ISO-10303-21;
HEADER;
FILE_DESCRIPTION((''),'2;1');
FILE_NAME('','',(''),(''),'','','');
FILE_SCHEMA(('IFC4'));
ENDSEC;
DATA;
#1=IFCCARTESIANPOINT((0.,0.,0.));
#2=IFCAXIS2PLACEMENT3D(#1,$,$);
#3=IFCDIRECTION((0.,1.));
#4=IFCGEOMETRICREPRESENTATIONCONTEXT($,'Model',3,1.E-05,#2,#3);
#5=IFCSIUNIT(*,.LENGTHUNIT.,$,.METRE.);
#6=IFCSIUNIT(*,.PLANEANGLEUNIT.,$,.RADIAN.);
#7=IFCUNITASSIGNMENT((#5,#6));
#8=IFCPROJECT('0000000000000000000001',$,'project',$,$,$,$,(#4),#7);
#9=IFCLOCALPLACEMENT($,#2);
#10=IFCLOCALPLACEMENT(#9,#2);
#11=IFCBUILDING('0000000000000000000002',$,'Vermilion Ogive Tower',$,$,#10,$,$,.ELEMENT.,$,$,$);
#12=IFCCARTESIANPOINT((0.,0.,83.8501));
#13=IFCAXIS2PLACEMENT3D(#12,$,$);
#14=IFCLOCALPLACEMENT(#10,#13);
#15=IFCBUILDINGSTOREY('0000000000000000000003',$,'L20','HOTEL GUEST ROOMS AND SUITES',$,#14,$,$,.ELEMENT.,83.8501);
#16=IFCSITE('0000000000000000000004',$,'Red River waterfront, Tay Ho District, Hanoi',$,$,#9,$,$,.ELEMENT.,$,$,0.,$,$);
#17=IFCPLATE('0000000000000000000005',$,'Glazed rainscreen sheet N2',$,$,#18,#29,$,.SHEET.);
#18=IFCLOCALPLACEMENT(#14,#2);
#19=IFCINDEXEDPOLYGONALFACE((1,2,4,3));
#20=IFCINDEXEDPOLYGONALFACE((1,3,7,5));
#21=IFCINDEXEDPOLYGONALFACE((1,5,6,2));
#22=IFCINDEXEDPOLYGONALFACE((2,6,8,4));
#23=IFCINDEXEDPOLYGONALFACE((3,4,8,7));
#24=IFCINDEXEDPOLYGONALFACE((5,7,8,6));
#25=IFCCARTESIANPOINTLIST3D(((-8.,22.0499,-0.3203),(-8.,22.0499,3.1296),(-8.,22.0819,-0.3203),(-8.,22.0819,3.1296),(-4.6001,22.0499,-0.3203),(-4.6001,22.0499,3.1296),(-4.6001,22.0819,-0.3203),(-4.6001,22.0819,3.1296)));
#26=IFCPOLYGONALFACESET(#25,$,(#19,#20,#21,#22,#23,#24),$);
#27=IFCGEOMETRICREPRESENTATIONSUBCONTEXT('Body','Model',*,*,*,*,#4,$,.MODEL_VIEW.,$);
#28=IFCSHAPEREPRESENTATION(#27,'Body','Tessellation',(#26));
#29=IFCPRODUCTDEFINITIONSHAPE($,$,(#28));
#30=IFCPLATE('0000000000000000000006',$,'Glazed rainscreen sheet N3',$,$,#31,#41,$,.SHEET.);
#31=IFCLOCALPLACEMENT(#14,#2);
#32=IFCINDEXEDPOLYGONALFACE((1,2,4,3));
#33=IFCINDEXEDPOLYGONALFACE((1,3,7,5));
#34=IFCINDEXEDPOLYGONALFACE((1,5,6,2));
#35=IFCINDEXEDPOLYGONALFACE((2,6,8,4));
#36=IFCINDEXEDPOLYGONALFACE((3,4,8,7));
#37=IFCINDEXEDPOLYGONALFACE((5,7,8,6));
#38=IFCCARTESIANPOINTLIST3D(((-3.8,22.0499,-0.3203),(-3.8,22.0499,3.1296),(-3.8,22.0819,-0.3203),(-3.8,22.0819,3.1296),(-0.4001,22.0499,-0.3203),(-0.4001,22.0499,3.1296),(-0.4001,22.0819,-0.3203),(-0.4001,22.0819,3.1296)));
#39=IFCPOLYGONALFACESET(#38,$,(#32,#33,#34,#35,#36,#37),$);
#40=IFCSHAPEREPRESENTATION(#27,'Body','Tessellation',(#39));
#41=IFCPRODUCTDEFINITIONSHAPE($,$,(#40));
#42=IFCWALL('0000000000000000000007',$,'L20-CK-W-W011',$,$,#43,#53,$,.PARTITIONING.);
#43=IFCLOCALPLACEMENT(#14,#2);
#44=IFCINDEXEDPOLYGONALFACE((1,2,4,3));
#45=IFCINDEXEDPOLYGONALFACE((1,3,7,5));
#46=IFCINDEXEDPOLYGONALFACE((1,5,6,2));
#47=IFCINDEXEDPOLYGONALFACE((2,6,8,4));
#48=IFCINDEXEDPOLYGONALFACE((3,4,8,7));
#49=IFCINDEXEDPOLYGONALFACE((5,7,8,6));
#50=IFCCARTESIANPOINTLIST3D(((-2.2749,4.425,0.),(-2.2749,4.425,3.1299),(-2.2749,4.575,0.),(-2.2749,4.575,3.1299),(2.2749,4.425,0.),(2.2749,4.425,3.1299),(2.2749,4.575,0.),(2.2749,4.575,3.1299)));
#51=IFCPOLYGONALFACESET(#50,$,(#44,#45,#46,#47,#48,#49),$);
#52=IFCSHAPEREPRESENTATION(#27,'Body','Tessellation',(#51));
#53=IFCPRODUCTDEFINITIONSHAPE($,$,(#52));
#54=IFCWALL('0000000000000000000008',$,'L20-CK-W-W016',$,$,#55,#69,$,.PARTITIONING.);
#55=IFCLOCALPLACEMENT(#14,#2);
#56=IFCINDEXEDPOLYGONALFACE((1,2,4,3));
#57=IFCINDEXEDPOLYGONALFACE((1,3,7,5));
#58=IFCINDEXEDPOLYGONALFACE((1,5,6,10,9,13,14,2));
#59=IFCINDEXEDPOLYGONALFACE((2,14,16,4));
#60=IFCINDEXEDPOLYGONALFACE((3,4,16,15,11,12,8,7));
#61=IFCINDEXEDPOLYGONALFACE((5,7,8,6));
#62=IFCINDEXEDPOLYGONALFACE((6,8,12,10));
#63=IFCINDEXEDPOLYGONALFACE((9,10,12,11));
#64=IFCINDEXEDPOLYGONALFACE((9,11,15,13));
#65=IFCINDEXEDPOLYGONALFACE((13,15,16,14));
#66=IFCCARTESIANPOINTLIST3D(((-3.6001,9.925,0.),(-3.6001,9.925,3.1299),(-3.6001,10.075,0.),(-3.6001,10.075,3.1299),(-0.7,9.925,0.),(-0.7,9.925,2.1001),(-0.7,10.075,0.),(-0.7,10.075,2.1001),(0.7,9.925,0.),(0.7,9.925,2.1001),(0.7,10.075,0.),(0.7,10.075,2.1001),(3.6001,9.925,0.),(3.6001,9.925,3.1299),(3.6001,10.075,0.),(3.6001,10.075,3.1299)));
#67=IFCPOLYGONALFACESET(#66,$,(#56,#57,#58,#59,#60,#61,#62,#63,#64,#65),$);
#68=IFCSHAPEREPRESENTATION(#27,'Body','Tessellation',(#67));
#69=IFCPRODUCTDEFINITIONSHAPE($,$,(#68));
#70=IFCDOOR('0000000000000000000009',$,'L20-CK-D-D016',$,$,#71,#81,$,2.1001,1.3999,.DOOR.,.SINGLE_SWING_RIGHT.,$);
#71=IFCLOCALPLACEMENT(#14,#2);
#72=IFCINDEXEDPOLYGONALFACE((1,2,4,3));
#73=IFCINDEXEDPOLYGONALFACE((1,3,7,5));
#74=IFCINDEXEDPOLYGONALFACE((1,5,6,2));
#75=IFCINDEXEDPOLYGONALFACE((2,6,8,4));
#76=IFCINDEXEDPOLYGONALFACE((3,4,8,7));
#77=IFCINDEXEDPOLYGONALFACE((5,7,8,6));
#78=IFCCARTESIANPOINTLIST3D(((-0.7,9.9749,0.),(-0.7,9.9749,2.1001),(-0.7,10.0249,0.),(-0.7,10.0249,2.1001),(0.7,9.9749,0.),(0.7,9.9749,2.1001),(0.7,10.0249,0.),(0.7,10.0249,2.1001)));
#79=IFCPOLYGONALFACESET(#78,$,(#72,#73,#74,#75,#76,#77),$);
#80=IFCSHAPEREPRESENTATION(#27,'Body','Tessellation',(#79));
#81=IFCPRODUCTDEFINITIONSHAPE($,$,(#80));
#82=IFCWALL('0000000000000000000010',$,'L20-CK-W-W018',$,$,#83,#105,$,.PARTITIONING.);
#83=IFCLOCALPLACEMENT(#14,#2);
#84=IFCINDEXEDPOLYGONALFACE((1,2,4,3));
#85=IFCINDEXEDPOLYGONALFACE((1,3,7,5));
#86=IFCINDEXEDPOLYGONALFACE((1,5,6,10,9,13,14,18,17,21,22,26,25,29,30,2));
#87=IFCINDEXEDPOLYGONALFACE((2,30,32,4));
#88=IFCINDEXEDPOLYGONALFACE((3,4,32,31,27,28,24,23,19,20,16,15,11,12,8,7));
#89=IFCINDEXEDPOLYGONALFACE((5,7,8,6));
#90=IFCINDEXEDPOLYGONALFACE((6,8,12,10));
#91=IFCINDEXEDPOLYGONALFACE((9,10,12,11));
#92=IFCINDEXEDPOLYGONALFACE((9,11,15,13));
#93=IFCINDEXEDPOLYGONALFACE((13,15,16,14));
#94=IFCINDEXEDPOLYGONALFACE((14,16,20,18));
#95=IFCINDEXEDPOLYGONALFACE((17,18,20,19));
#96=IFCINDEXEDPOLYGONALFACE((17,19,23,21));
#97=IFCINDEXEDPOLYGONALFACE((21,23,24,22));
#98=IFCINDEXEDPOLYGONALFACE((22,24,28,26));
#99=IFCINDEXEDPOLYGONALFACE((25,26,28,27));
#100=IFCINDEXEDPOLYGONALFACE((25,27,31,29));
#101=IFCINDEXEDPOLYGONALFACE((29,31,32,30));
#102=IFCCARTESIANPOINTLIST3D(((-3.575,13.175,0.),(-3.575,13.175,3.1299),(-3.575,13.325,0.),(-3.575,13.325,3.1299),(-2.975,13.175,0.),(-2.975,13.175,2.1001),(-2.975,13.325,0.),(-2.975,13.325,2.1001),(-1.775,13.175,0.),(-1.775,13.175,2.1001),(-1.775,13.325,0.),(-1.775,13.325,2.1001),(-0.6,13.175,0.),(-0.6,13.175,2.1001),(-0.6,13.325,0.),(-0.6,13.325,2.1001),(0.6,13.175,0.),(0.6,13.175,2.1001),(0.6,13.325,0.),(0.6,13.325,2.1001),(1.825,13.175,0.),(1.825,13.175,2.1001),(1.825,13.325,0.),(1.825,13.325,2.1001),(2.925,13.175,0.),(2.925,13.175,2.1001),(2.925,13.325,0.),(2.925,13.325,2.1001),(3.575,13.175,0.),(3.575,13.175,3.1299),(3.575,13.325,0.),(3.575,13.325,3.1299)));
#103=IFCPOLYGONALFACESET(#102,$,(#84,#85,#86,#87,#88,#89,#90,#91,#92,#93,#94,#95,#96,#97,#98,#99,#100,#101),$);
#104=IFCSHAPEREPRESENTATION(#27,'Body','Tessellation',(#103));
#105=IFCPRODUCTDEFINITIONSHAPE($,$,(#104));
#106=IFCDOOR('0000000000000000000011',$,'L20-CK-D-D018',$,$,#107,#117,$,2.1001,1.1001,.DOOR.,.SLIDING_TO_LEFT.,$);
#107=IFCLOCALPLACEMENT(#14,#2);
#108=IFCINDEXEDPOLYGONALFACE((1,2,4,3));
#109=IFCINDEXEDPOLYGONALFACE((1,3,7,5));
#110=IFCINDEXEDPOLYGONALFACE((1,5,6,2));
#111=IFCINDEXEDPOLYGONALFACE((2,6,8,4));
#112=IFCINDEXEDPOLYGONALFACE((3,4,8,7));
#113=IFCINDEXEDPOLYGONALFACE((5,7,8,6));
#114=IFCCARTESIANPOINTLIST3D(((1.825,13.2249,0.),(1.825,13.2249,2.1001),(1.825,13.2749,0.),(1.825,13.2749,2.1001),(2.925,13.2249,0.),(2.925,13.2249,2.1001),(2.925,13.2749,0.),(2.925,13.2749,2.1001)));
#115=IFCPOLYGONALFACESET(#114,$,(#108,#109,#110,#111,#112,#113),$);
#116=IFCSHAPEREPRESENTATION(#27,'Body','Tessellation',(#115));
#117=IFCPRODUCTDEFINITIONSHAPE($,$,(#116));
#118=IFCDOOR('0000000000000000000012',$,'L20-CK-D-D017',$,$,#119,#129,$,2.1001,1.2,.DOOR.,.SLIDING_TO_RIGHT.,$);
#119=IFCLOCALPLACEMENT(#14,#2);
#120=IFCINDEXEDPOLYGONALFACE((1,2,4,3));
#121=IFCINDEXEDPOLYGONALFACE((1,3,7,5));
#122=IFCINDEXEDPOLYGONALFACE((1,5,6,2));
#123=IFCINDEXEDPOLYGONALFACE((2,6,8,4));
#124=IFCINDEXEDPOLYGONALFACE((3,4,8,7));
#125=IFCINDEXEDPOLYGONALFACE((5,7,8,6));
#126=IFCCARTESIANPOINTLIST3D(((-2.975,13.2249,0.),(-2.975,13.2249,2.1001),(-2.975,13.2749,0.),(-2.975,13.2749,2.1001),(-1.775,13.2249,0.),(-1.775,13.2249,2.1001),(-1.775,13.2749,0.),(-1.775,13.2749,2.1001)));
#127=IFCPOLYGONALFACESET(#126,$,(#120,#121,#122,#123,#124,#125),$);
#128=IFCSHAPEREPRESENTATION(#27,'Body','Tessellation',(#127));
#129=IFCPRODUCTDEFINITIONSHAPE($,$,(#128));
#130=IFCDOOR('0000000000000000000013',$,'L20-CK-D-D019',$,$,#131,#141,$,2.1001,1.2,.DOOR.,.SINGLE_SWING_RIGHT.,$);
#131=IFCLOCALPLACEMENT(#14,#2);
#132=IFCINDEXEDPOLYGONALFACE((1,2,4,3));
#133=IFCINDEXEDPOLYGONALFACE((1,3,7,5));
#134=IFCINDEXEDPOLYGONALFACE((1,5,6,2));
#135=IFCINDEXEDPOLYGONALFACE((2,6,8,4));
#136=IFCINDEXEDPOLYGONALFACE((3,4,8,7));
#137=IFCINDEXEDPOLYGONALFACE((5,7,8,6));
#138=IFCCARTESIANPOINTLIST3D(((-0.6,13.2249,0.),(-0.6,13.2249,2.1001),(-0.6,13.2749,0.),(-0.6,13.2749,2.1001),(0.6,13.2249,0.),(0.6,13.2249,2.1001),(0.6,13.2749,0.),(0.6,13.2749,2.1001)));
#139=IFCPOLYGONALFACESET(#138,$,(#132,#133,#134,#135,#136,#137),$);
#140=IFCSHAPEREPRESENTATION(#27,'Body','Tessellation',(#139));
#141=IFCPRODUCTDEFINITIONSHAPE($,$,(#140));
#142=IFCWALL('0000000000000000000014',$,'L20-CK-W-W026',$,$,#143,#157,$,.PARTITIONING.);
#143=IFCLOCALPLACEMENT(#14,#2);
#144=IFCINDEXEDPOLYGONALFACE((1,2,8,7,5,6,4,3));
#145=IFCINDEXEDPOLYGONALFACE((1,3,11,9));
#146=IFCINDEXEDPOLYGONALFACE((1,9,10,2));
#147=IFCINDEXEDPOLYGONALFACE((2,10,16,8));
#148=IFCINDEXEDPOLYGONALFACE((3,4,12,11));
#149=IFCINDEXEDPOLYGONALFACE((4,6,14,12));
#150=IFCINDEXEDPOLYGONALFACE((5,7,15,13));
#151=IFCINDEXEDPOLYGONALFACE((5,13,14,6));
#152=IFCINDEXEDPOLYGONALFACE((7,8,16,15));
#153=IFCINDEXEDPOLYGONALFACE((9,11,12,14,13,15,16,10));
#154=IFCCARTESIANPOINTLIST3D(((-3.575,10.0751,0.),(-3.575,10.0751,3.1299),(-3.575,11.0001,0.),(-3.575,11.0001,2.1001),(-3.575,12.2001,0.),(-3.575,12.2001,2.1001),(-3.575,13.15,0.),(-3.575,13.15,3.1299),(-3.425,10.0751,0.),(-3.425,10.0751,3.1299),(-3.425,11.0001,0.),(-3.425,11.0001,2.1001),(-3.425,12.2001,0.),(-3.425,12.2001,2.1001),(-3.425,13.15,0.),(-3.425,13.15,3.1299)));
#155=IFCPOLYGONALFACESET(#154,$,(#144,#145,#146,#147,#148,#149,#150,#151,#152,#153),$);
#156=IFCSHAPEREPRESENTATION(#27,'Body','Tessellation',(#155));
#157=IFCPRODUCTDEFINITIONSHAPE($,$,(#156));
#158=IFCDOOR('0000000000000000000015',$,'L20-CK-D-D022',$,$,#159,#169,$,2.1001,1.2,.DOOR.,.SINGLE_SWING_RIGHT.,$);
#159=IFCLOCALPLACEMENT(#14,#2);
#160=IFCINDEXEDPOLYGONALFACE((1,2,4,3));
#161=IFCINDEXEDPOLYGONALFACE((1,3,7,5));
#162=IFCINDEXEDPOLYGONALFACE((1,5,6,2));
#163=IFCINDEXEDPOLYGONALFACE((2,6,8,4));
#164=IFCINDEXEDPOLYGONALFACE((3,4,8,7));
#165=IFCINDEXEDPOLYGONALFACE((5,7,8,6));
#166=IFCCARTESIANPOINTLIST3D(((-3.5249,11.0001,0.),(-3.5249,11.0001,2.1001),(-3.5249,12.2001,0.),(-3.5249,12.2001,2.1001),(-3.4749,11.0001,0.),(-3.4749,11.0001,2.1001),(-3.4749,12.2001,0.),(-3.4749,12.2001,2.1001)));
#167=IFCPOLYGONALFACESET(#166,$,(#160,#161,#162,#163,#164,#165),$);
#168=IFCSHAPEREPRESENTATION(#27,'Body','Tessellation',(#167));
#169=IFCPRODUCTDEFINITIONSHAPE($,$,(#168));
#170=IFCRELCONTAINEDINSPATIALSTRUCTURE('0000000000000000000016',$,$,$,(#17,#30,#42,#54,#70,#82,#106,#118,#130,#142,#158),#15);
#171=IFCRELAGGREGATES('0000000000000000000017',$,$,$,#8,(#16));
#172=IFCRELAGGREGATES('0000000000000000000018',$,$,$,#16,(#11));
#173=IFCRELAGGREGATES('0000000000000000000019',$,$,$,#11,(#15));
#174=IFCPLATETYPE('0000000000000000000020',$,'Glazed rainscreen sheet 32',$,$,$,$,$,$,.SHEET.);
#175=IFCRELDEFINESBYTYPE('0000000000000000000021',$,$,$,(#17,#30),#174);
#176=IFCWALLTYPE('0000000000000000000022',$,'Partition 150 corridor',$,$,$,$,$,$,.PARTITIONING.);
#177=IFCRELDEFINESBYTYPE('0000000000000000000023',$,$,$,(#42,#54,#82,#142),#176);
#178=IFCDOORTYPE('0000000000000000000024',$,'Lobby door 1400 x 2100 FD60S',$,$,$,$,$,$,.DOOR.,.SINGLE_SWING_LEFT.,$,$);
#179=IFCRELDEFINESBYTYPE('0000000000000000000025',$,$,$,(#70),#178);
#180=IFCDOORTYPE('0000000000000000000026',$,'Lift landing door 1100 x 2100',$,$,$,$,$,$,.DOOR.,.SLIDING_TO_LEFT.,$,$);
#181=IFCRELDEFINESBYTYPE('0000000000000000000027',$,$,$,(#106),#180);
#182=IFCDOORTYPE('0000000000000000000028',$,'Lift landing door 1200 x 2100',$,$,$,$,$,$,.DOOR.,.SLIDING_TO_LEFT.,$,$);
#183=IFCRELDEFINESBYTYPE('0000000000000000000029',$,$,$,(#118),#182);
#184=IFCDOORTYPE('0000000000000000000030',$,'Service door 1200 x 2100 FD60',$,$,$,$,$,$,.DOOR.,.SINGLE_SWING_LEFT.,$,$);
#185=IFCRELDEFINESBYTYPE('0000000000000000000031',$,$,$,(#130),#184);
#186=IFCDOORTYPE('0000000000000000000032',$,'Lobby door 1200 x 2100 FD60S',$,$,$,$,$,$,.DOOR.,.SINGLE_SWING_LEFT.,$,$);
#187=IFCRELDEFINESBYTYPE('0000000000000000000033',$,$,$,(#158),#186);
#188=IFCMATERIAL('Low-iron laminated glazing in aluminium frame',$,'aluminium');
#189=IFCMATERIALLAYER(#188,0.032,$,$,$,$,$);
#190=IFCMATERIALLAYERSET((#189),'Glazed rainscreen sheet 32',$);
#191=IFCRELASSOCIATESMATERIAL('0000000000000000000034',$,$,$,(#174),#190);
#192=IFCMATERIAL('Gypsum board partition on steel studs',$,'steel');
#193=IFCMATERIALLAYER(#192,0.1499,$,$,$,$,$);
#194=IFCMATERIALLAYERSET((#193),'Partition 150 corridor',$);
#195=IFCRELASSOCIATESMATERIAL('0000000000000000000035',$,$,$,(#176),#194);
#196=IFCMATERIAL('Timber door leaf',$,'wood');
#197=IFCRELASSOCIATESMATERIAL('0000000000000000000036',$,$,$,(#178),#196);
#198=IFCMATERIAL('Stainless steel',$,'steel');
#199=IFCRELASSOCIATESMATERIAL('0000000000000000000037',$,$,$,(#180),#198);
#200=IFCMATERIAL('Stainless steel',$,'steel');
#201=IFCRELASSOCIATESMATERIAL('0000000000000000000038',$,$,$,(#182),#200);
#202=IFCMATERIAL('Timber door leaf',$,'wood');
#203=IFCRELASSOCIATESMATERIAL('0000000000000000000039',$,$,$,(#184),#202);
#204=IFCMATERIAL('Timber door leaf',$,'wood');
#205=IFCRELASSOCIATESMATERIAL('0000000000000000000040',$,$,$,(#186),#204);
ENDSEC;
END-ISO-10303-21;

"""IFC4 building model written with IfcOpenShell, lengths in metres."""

from ifc_helpers import new_model, si_unit, direction, frame, frame_2d, origin, origin_2d, place, context, subcontext, project, spatial, rectangle, extrude, material, layer, layer_set, type_object, element, fill, save


model = new_model("IFC4")

# Units and contexts
model_context = context("Model", 3, precision=1e-05, world=origin(), true_north=direction((0.0, 1.0)))
body_context = subcontext(model_context, "Body", "Model", "MODEL_VIEW")
ifc_project = project(units=[si_unit("LENGTHUNIT", "METRE"), si_unit("PLANEANGLEUNIT", "RADIAN")], contexts=[model_context])

# Site, building, storey
site_placement = place(None, origin())
site = spatial("IfcSite", under=ifc_project, at=site_placement, Name="Red River waterfront, Tay Ho District, Hanoi", CompositionType="ELEMENT", RefElevation=0.0)
building_placement = place(site_placement, origin())
building = spatial("IfcBuilding", under=site, at=building_placement, Name="Vermilion Ogive Tower", CompositionType="ELEMENT")
storey_placement = place(building_placement, frame((0.0, 0.0, 83.8501)))
storey = spatial("IfcBuildingStorey", under=building, at=storey_placement, Name="L20", Description="HOTEL GUEST ROOMS AND SUITES", CompositionType="ELEMENT", Elevation=83.8501)

# Plates
ifc_material_1 = material(Name="Low-iron laminated glazing in aluminium frame", Category="aluminium")
ifc_layer_1 = layer(ifc_material_1, 0.032)
ifc_layer_set_1 = layer_set([ifc_layer_1], Name="Glazed rainscreen sheet 32")
plate_type = type_object("IfcPlateType", Name="Glazed rainscreen sheet 32", PredefinedType="SHEET", material=ifc_layer_set_1)
for number, where, z_axis, x_axis, name in (
    (1, (-6.3, 22.0659, -0.3203), (0.0, 0.0, 1.0), (1.0, 0.0, 0.0), "Glazed rainscreen sheet N2"),
    (2, (-2.1001, 22.0659, -0.3203), (0.0, 0.0, 1.0), (1.0, 0.0, 0.0), "Glazed rainscreen sheet N3"),
):
    element("IfcPlate", number, at=place(storey_placement, frame(where, z_axis=z_axis, x_axis=x_axis)), inside=storey, type_object=plate_type, Name=name, PredefinedType="SHEET", context=body_context, shape_type="SweptSolid", body=[
        extrude(rectangle(XDim=3.3999, YDim=0.032, at=origin_2d()), origin(), (0.0, 0.0, 1.0), 3.45),
    ])

# Wall
ifc_material_2 = material(Name="Gypsum board partition on steel studs", Category="steel")
ifc_layer_2 = layer(ifc_material_2, 0.1499)
ifc_layer_set_2 = layer_set([ifc_layer_2], Name="Partition 150 corridor")
wall_type_1 = type_object("IfcWallType", Name="Partition 150 corridor", PredefinedType="PARTITIONING", material=ifc_layer_set_2)
wall_1_placement = place(storey_placement, frame((-2.2749, 4.5, 0.0), z_axis=(0.0, 0.0, 1.0), x_axis=(1.0, 0.0, 0.0)))
element("IfcWall", 3, at=wall_1_placement, inside=storey, type_object=wall_type_1, Name="L20-CK-W-W011", PredefinedType="PARTITIONING", context=body_context, shape_type="SweptSolid", body=[
    extrude(rectangle(XDim=4.5498, YDim=0.1499, at=frame_2d((2.2749, 0.0))), origin(), (0.0, 0.0, 1.0), 3.1299),
])

# Wall, opening, door
wall_2_placement = place(storey_placement, frame((-3.6001, 10.0, 0.0), z_axis=(0.0, 0.0, 1.0), x_axis=(1.0, 0.0, 0.0)))
wall_2 = element("IfcWall", 4, at=wall_2_placement, inside=storey, type_object=wall_type_1, Name="L20-CK-W-W016", PredefinedType="PARTITIONING", context=body_context, shape_type="SweptSolid", body=[
    extrude(rectangle(XDim=7.2002, YDim=0.1499, at=frame_2d((3.6001, 0.0))), origin(), (0.0, 0.0, 1.0), 3.1299),
])
opening_1_placement = place(wall_2_placement, frame((2.9001, 0.0, 0.0)))
opening_1 = element("IfcOpeningElement", 5, at=opening_1_placement, cuts=wall_2, PredefinedType="OPENING", context=body_context, shape_type="SweptSolid", body=[
    extrude(rectangle(XDim=1.3999, YDim=2.1001, at=frame_2d((0.7, 1.05))), frame((0.0, 0.085, 0.0), z_axis=(0.0, -1.0, 0.0), x_axis=(1.0, 0.0, 0.0)), (0.0, 0.0, 1.0), 0.1699),
])
ifc_material_3 = material(Name="Timber door leaf", Category="wood")
door_type_1 = type_object("IfcDoorType", Name="Lobby door 1400 x 2100 FD60S", OperationType="SINGLE_SWING_LEFT", PredefinedType="DOOR", material=ifc_material_3)
door_1_placement = place(opening_1_placement, origin())
door_1 = element("IfcDoor", 6, at=door_1_placement, inside=storey, type_object=door_type_1, Name="L20-CK-D-D016", OperationType="SINGLE_SWING_RIGHT", OverallHeight=2.1001, OverallWidth=1.3999, PredefinedType="DOOR", context=body_context, shape_type="SweptSolid", body=[
    extrude(rectangle(XDim=1.3999, YDim=2.1001, at=frame_2d((0.7, 1.05))), frame((0.0, 0.0249, 0.0), z_axis=(0.0, -1.0, 0.0), x_axis=(1.0, 0.0, 0.0)), (0.0, 0.0, 1.0), 0.05),
])
fill(opening_1, door_1)

# Wall, openings, doors
wall_3_placement = place(storey_placement, frame((-3.575, 13.25, 0.0), z_axis=(0.0, 0.0, 1.0), x_axis=(1.0, 0.0, 0.0)))
wall_3 = element("IfcWall", 7, at=wall_3_placement, inside=storey, type_object=wall_type_1, Name="L20-CK-W-W018", PredefinedType="PARTITIONING", context=body_context, shape_type="SweptSolid", body=[
    extrude(rectangle(XDim=7.1499, YDim=0.1499, at=frame_2d((3.575, 0.0))), origin(), (0.0, 0.0, 1.0), 3.1299),
])
opening_2_placement = place(wall_3_placement, frame((0.5999, 0.0, 0.0)))
opening_2 = element("IfcOpeningElement", 8, at=opening_2_placement, cuts=wall_3, PredefinedType="OPENING", context=body_context, shape_type="SweptSolid", body=[
    extrude(rectangle(XDim=1.2, YDim=2.1001, at=frame_2d((0.6001, 1.05))), frame((0.0, 0.085, 0.0), z_axis=(0.0, -1.0, 0.0), x_axis=(1.0, 0.0, 0.0)), (0.0, 0.0, 1.0), 0.1699),
])
opening_3_placement = place(wall_3_placement, frame((5.3999, 0.0, 0.0)))
opening_3 = element("IfcOpeningElement", 9, at=opening_3_placement, cuts=wall_3, PredefinedType="OPENING", context=body_context, shape_type="SweptSolid", body=[
    extrude(rectangle(XDim=1.1001, YDim=2.1001, at=frame_2d((0.55, 1.05))), frame((0.0, 0.085, 0.0), z_axis=(0.0, -1.0, 0.0), x_axis=(1.0, 0.0, 0.0)), (0.0, 0.0, 1.0), 0.1699),
])
opening_4_placement = place(wall_3_placement, frame((2.9749, 0.0, 0.0)))
opening_4 = element("IfcOpeningElement", 10, at=opening_4_placement, cuts=wall_3, PredefinedType="OPENING", context=body_context, shape_type="SweptSolid", body=[
    extrude(rectangle(XDim=1.2, YDim=2.1001, at=frame_2d((0.6001, 1.05))), frame((0.0, 0.085, 0.0), z_axis=(0.0, -1.0, 0.0), x_axis=(1.0, 0.0, 0.0)), (0.0, 0.0, 1.0), 0.1699),
])
ifc_material_4 = material(Name="Stainless steel", Category="steel")
door_type_2 = type_object("IfcDoorType", Name="Lift landing door 1100 x 2100", OperationType="SLIDING_TO_LEFT", PredefinedType="DOOR", material=ifc_material_4)
door_2_placement = place(opening_3_placement, origin())
door_2 = element("IfcDoor", 11, at=door_2_placement, inside=storey, type_object=door_type_2, Name="L20-CK-D-D018", OperationType="SLIDING_TO_LEFT", OverallHeight=2.1001, OverallWidth=1.1001, PredefinedType="DOOR", context=body_context, shape_type="SweptSolid", body=[
    extrude(rectangle(XDim=1.1001, YDim=2.1001, at=frame_2d((0.55, 1.05))), frame((0.0, 0.0249, 0.0), z_axis=(0.0, -1.0, 0.0), x_axis=(1.0, 0.0, 0.0)), (0.0, 0.0, 1.0), 0.05),
])
fill(opening_3, door_2)
ifc_material_5 = material(Name="Stainless steel", Category="steel")
door_type_3 = type_object("IfcDoorType", Name="Lift landing door 1200 x 2100", OperationType="SLIDING_TO_LEFT", PredefinedType="DOOR", material=ifc_material_5)
door_3_placement = place(opening_2_placement, origin())
door_3 = element("IfcDoor", 12, at=door_3_placement, inside=storey, type_object=door_type_3, Name="L20-CK-D-D017", OperationType="SLIDING_TO_RIGHT", OverallHeight=2.1001, OverallWidth=1.2, PredefinedType="DOOR", context=body_context, shape_type="SweptSolid", body=[
    extrude(rectangle(XDim=1.2, YDim=2.1001, at=frame_2d((0.6001, 1.05))), frame((0.0, 0.0249, 0.0), z_axis=(0.0, -1.0, 0.0), x_axis=(1.0, 0.0, 0.0)), (0.0, 0.0, 1.0), 0.05),
])
fill(opening_2, door_3)
ifc_material_6 = material(Name="Timber door leaf", Category="wood")
door_type_4 = type_object("IfcDoorType", Name="Service door 1200 x 2100 FD60", OperationType="SINGLE_SWING_LEFT", PredefinedType="DOOR", material=ifc_material_6)
door_4_placement = place(opening_4_placement, origin())
door_4 = element("IfcDoor", 13, at=door_4_placement, inside=storey, type_object=door_type_4, Name="L20-CK-D-D019", OperationType="SINGLE_SWING_RIGHT", OverallHeight=2.1001, OverallWidth=1.2, PredefinedType="DOOR", context=body_context, shape_type="SweptSolid", body=[
    extrude(rectangle(XDim=1.2, YDim=2.1001, at=frame_2d((0.6001, 1.05))), frame((0.0, 0.0249, 0.0), z_axis=(0.0, -1.0, 0.0), x_axis=(1.0, 0.0, 0.0)), (0.0, 0.0, 1.0), 0.05),
])
fill(opening_4, door_4)

# Wall, opening, door
wall_4_placement = place(storey_placement, frame((-3.5, 10.075, 0.0), z_axis=(0.0, 0.0, 1.0), x_axis=(0.0, 1.0, 0.0)))
wall_4 = element("IfcWall", 14, at=wall_4_placement, inside=storey, type_object=wall_type_1, Name="L20-CK-W-W026", PredefinedType="PARTITIONING", context=body_context, shape_type="SweptSolid", body=[
    extrude(rectangle(XDim=3.075, YDim=0.1499, at=frame_2d((1.5376, 0.0))), origin(), (0.0, 0.0, 1.0), 3.1299),
])
opening_5_placement = place(wall_4_placement, frame((0.925, 0.0, 0.0)))
opening_5 = element("IfcOpeningElement", 15, at=opening_5_placement, cuts=wall_4, PredefinedType="OPENING", context=body_context, shape_type="SweptSolid", body=[
    extrude(rectangle(XDim=1.2, YDim=2.1001, at=frame_2d((0.6001, 1.05))), frame((0.0, 0.085, 0.0), z_axis=(0.0, -1.0, 0.0), x_axis=(1.0, 0.0, 0.0)), (0.0, 0.0, 1.0), 0.1699),
])
ifc_material_7 = material(Name="Timber door leaf", Category="wood")
door_type_5 = type_object("IfcDoorType", Name="Lobby door 1200 x 2100 FD60S", OperationType="SINGLE_SWING_LEFT", PredefinedType="DOOR", material=ifc_material_7)
door_5_placement = place(opening_5_placement, origin())
door_5 = element("IfcDoor", 16, at=door_5_placement, inside=storey, type_object=door_type_5, Name="L20-CK-D-D022", OperationType="SINGLE_SWING_RIGHT", OverallHeight=2.1001, OverallWidth=1.2, PredefinedType="DOOR", context=body_context, shape_type="SweptSolid", body=[
    extrude(rectangle(XDim=1.2, YDim=2.1001, at=frame_2d((0.6001, 1.05))), frame((0.0, 0.0249, 0.0), z_axis=(0.0, -1.0, 0.0), x_axis=(1.0, 0.0, 0.0)), (0.0, 0.0, 1.0), 0.05),
])
fill(opening_5, door_5)

save(model, "model.ifc")
